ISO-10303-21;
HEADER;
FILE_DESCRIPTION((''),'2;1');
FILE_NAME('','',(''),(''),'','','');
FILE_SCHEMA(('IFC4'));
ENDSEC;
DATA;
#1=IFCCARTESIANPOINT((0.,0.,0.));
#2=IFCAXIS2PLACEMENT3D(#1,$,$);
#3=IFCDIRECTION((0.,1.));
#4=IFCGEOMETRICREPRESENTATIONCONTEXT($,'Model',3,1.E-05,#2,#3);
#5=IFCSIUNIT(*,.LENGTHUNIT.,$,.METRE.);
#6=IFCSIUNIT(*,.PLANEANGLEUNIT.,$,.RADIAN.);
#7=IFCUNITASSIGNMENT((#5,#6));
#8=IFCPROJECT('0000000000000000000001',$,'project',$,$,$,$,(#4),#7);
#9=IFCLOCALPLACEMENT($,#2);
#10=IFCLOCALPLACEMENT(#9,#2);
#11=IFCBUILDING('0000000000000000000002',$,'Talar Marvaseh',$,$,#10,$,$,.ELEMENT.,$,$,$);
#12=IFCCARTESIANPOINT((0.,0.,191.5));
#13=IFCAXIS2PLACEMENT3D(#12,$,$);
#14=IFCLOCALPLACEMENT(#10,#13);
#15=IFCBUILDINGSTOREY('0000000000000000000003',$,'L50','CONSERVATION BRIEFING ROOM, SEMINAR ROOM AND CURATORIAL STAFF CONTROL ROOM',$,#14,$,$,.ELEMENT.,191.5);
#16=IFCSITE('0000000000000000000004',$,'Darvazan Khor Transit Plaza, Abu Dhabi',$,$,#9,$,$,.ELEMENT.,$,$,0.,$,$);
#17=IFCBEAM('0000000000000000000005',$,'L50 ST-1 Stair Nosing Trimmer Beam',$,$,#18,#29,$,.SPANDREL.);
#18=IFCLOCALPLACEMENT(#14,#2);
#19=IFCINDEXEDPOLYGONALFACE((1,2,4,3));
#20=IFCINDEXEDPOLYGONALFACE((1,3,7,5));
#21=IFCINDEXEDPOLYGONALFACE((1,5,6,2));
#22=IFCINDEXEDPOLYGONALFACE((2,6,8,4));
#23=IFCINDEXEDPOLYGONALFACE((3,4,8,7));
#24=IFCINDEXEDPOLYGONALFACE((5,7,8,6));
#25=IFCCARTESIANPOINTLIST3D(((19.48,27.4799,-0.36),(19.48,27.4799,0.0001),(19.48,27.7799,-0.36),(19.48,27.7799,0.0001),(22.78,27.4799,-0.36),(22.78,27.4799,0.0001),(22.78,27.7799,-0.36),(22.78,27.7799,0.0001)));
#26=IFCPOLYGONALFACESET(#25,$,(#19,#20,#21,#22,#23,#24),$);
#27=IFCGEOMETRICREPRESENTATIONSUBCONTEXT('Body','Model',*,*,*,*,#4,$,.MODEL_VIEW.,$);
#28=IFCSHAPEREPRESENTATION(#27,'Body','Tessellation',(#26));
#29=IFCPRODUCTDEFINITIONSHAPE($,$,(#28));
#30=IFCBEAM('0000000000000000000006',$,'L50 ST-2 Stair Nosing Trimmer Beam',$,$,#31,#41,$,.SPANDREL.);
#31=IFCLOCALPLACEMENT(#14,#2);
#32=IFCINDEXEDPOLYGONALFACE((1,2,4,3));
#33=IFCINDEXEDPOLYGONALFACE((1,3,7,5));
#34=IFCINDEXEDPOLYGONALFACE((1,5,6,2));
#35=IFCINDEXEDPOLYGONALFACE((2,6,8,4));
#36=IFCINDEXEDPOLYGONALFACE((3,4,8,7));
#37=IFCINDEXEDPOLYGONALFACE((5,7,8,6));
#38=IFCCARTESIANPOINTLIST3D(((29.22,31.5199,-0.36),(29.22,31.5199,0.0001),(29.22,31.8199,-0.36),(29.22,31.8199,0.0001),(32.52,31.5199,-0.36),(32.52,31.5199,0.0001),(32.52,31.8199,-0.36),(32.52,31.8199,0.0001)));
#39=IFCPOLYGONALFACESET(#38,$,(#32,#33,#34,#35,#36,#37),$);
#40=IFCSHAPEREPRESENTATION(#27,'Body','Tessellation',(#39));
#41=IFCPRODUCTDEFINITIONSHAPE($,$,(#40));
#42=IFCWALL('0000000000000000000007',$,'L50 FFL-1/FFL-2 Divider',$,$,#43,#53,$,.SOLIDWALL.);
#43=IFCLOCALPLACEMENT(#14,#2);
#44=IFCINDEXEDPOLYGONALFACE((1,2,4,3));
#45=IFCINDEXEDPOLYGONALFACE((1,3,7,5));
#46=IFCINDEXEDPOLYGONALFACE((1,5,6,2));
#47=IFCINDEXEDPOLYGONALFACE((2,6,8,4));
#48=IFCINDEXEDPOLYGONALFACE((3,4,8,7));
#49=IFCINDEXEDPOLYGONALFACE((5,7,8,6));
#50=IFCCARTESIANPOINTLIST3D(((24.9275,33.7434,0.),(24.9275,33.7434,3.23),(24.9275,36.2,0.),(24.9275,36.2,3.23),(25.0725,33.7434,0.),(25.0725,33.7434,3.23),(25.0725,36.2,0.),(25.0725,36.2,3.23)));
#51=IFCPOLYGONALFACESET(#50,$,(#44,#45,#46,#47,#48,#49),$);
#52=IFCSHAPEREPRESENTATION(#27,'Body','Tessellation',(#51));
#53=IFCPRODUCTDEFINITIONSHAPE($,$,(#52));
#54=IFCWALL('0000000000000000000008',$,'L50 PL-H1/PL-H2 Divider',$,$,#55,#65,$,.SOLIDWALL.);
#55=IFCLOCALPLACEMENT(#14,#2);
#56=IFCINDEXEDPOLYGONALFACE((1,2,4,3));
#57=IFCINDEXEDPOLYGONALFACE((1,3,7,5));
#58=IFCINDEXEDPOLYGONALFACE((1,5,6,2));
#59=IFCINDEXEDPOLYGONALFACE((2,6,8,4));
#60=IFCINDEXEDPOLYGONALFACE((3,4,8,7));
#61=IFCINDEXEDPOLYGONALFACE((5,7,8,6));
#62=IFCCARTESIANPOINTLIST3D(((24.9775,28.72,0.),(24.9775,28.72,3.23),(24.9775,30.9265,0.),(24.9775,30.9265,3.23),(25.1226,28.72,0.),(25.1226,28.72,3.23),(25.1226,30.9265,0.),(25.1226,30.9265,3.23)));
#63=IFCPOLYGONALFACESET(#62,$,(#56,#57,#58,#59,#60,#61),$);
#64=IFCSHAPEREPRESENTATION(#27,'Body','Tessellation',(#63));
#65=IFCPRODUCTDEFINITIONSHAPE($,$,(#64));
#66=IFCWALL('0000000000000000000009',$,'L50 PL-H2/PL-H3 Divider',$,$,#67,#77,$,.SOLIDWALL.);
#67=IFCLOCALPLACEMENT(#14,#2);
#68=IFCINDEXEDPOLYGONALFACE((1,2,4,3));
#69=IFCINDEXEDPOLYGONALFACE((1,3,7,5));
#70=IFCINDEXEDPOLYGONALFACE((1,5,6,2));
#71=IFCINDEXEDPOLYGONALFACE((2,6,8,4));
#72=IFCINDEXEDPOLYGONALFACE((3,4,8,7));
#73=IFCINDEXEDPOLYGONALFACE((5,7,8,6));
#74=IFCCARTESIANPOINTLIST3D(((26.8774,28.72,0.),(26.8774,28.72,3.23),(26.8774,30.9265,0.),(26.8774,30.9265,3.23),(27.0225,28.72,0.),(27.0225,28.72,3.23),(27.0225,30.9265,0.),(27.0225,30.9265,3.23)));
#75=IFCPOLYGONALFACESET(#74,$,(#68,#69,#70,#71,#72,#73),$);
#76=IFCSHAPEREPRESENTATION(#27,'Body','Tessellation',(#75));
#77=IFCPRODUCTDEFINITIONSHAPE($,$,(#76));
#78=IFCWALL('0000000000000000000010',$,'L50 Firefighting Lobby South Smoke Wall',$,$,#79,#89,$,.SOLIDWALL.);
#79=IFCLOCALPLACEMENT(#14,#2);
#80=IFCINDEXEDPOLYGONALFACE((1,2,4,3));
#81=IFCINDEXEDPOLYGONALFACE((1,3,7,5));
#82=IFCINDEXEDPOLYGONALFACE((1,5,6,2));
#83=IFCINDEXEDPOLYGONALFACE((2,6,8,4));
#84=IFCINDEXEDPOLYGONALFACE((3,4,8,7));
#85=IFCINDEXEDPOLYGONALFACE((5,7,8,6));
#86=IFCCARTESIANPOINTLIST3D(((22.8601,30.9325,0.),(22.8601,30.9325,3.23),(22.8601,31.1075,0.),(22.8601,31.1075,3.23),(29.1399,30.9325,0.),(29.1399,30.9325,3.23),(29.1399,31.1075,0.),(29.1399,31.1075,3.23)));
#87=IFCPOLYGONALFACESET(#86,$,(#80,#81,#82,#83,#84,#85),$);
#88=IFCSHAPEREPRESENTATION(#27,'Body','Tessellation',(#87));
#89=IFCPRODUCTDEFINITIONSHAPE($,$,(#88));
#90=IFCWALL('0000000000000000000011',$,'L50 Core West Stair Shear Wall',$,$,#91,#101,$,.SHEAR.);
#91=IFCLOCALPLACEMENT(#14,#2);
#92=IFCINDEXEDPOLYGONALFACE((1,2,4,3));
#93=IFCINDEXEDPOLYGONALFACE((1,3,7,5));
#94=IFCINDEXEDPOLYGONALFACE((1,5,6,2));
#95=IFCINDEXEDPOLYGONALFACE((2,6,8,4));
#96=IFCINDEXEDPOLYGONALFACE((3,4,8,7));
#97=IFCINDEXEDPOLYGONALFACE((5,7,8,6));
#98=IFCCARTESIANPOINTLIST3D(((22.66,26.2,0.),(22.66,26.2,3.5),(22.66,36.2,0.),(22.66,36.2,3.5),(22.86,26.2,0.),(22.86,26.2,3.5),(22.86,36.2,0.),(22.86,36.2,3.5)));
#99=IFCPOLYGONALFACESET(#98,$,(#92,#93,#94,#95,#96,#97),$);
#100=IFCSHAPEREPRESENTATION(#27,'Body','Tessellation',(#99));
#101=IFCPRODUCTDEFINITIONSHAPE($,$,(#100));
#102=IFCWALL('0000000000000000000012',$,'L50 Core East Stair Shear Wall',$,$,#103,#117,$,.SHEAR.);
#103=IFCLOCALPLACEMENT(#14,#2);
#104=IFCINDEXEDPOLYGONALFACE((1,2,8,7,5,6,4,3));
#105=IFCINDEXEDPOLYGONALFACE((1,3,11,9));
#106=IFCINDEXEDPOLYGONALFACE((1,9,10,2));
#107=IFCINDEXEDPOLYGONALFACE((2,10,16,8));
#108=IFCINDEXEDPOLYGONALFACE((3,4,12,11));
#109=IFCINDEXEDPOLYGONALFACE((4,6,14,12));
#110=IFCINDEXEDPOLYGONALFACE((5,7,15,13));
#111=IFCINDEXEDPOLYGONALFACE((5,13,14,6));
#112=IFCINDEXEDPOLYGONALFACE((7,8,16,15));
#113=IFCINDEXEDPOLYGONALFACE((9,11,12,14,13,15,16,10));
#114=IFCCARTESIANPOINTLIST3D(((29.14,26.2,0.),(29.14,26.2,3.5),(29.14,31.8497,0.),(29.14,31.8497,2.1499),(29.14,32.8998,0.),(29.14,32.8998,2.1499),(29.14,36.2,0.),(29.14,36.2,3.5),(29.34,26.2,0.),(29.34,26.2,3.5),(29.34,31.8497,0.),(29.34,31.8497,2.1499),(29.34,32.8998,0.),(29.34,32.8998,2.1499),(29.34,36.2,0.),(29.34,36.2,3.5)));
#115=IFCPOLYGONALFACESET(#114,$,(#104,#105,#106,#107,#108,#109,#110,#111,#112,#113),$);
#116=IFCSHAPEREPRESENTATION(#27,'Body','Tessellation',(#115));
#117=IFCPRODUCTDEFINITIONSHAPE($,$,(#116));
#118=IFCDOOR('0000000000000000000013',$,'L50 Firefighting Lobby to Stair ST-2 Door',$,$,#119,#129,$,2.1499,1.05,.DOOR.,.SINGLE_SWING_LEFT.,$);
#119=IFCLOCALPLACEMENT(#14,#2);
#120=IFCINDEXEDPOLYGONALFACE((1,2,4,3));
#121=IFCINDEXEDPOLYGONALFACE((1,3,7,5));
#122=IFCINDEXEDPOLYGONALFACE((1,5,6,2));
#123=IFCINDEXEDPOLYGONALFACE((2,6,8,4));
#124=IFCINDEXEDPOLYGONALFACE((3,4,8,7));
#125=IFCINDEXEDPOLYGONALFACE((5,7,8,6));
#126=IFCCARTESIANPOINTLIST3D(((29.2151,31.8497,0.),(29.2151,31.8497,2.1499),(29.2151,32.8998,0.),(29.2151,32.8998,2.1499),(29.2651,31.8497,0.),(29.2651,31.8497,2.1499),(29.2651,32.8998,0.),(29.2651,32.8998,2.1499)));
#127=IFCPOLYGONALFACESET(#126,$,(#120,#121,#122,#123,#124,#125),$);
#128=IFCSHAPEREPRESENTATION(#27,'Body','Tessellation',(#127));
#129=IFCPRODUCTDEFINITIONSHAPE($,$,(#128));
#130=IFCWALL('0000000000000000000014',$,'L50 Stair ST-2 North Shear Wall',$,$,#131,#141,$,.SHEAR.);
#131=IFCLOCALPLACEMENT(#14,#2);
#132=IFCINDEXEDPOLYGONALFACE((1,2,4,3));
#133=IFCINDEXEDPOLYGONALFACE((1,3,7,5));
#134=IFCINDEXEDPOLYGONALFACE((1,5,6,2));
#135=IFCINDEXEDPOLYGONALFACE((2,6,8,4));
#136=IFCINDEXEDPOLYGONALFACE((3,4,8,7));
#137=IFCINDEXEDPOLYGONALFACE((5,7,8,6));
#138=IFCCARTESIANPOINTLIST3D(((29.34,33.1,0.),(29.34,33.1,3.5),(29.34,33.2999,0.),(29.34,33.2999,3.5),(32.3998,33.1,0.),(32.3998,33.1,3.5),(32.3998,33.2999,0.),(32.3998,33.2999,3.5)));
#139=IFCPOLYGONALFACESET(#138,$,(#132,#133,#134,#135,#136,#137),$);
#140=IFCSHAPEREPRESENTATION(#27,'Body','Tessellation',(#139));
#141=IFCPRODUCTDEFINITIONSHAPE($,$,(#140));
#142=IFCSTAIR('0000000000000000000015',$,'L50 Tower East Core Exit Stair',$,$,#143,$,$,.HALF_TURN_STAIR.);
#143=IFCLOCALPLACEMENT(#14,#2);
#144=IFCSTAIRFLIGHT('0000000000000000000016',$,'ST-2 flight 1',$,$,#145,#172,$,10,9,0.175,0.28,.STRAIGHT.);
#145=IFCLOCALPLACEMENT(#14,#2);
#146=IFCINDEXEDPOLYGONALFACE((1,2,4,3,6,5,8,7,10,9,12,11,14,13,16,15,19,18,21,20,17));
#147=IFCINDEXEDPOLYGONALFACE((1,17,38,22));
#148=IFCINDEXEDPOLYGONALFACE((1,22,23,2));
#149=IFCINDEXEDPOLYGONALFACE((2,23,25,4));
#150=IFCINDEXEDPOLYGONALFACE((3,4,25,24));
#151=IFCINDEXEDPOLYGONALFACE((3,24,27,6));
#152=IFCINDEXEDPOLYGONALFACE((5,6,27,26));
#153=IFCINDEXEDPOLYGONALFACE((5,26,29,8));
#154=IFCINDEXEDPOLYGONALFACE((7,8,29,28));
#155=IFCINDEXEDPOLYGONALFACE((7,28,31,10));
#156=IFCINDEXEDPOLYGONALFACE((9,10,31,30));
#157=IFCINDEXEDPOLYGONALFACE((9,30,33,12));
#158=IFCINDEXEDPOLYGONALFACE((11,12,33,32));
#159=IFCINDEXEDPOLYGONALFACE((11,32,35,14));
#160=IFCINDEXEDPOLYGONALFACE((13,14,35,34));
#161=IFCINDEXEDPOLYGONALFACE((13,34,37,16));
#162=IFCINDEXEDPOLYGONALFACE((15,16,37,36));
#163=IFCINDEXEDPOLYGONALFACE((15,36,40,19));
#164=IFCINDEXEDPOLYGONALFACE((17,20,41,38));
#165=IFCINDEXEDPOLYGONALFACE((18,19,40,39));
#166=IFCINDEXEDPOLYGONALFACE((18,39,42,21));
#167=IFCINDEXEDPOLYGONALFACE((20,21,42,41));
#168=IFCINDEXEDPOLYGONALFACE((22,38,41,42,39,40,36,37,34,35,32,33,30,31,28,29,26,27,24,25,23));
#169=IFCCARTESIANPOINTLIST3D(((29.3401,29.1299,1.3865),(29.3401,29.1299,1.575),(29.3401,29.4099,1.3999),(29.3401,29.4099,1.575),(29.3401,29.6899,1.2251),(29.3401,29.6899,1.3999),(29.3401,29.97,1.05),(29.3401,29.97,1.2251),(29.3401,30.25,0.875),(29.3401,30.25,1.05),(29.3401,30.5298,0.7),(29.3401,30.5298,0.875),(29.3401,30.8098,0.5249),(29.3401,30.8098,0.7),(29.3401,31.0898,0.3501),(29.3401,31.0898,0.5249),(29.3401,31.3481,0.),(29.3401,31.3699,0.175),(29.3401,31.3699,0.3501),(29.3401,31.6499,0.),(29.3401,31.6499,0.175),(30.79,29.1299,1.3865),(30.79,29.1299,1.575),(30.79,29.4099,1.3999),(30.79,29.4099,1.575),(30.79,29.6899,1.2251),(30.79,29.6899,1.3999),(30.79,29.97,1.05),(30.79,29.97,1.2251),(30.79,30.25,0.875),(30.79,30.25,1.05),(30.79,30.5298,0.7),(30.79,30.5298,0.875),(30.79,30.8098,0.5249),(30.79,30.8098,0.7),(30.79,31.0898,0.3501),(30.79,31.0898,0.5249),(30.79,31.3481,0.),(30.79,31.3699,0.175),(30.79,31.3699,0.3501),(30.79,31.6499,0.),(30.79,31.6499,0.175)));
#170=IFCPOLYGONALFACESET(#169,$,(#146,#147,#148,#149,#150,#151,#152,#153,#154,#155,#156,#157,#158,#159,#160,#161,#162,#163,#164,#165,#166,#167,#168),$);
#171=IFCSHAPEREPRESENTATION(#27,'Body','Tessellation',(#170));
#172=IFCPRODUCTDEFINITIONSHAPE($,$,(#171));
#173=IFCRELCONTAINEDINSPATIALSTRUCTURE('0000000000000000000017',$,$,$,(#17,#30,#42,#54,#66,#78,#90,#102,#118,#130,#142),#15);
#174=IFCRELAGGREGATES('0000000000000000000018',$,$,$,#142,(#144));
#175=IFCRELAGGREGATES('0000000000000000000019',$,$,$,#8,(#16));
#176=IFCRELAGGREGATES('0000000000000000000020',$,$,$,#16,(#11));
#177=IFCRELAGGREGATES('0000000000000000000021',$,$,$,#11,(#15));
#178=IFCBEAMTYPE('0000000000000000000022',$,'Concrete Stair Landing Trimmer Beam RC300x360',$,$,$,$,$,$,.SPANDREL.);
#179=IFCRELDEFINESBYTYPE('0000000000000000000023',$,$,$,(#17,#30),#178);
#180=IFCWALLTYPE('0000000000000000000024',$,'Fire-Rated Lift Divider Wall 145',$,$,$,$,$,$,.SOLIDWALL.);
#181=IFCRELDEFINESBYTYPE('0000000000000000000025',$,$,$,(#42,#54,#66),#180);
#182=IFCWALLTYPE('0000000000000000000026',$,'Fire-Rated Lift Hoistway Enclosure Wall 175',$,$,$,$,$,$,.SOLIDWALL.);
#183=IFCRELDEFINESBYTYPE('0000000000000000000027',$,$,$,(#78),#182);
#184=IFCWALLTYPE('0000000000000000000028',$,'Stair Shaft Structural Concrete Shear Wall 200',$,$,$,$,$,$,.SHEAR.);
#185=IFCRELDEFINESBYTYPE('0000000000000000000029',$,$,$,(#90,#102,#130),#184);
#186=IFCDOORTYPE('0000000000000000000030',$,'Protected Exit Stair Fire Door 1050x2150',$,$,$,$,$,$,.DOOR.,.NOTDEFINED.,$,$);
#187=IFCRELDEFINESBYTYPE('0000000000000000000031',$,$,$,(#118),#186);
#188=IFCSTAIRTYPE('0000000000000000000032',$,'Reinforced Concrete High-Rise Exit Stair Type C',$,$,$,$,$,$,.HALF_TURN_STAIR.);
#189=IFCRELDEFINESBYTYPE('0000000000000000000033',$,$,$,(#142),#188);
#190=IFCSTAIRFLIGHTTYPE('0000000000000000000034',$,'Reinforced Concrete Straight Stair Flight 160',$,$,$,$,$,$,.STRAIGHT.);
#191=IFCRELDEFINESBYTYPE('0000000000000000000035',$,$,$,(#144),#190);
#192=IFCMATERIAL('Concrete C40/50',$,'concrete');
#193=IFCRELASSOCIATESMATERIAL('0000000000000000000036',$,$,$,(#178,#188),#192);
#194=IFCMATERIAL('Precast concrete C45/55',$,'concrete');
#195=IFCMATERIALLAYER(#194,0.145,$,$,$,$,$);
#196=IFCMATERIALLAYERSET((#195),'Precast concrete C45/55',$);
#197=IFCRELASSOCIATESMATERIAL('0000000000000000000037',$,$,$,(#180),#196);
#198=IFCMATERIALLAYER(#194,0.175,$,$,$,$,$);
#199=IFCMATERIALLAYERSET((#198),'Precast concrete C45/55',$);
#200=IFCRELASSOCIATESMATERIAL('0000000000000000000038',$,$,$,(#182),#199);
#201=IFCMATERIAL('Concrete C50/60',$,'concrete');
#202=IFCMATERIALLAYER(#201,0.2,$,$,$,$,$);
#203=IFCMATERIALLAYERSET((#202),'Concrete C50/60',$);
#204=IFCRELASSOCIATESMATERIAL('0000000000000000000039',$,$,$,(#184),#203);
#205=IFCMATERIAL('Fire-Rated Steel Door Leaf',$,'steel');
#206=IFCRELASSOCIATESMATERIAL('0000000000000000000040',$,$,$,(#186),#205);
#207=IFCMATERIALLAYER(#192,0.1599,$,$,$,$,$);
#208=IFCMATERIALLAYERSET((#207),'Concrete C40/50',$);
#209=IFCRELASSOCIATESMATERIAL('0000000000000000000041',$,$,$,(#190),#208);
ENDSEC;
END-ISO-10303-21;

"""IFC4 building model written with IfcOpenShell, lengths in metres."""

from ifc_helpers import new_model, si_unit, direction, frame, frame_2d, origin, origin_2d, place, context, subcontext, project, spatial, polyline, rectangle, outline, extrude, source, transform, mapped, material, layer, layer_set, material_profile, profile_set, type_object, type_shapes, element, fill, aggregate, save


model = new_model("IFC4")

# Units and contexts
model_context = context("Model", 3, precision=1e-05, world=origin(), true_north=direction((0.0, 1.0)))
body_context = subcontext(model_context, "Body", "Model", "MODEL_VIEW")
ifc_project = project(units=[si_unit("LENGTHUNIT", "METRE"), si_unit("PLANEANGLEUNIT", "RADIAN")], contexts=[model_context])

# Site, building, storey
site_placement = place(None, origin())
site = spatial("IfcSite", under=ifc_project, at=site_placement, Name="Darvazan Khor Transit Plaza, Abu Dhabi", CompositionType="ELEMENT", RefElevation=0.0)
building_placement = place(site_placement, origin())
building = spatial("IfcBuilding", under=site, at=building_placement, Name="Talar Marvaseh", CompositionType="ELEMENT")
storey_placement = place(building_placement, frame((0.0, 0.0, 191.5)))
storey = spatial("IfcBuildingStorey", under=building, at=storey_placement, Name="L50", Description="CONSERVATION BRIEFING ROOM, SEMINAR ROOM AND CURATORIAL STAFF CONTROL ROOM", CompositionType="ELEMENT", Elevation=191.5)

# Beams
ifc_material_1 = material(Name="Concrete C40/50", Category="concrete")
ifc_material_profile = material_profile(ifc_material_1, rectangle(XDim=0.3, YDim=0.3601, at=origin_2d()), Name="RC300x360")
ifc_profile_set = profile_set([ifc_material_profile], Name="Concrete C40/50")
beam_type = type_object("IfcBeamType", Name="Concrete Stair Landing Trimmer Beam RC300x360", PredefinedType="SPANDREL", material=ifc_profile_set)
for number, where, z_axis, x_axis, name in (
    (1, (22.78, 27.6299, -0.1799), (-1.0, 0.0, 0.0), (0.0, -1.0, 0.0), "L50 ST-1 Stair Nosing Trimmer Beam"),
    (2, (29.22, 31.6699, -0.1799), (1.0, 0.0, 0.0), (0.0, 1.0, 0.0), "L50 ST-2 Stair Nosing Trimmer Beam"),
):
    element("IfcBeam", number, at=place(storey_placement, frame(where, z_axis=z_axis, x_axis=x_axis)), inside=storey, type_object=beam_type, Name=name, PredefinedType="SPANDREL", context=body_context, shape_type="SweptSolid", body=[
        extrude(rectangle(XDim=0.3, YDim=0.3601, at=origin_2d()), origin(), (0.0, 0.0, 1.0), 3.3),
    ])

# Walls
ifc_material_2 = material(Name="Precast concrete C45/55", Category="concrete")
ifc_layer_1 = layer(ifc_material_2, 0.145)
ifc_layer_set_1 = layer_set([ifc_layer_1], Name="Precast concrete C45/55")
wall_type_1 = type_object("IfcWallType", Name="Fire-Rated Lift Divider Wall 145", PredefinedType="SOLIDWALL", material=ifc_layer_set_1)
wall_1_placement = place(storey_placement, frame((25.0, 33.7434, 0.0), z_axis=(0.0, 0.0, 1.0), x_axis=(0.0, 1.0, 0.0)))
element("IfcWall", 3, at=wall_1_placement, inside=storey, type_object=wall_type_1, Name="L50 FFL-1/FFL-2 Divider", PredefinedType="SOLIDWALL", context=body_context, shape_type="SweptSolid", body=[
    extrude(rectangle(XDim=2.4565, YDim=0.145, at=frame_2d((1.2283, 0.0))), origin(), (0.0, 0.0, 1.0), 3.23),
])
for number, where, z_axis, x_axis, name in (
    (4, (25.05, 28.72, 0.0), (0.0, 0.0, 1.0), (0.0, 1.0, 0.0), "L50 PL-H1/PL-H2 Divider"),
    (5, (26.95, 28.72, 0.0), (0.0, 0.0, 1.0), (0.0, 1.0, 0.0), "L50 PL-H2/PL-H3 Divider"),
):
    element("IfcWall", number, at=place(storey_placement, frame(where, z_axis=z_axis, x_axis=x_axis)), inside=storey, type_object=wall_type_1, Name=name, PredefinedType="SOLIDWALL", context=body_context, shape_type="SweptSolid", body=[
        extrude(rectangle(XDim=2.2065, YDim=0.145, at=frame_2d((1.1033, 0.0))), origin(), (0.0, 0.0, 1.0), 3.23),
    ])

# Shared definitions
ifc_layer_2 = layer(ifc_material_2, 0.175)
ifc_layer_set_2 = layer_set([ifc_layer_2], Name="Precast concrete C45/55")
wall_type_2 = type_object("IfcWallType", Name="Fire-Rated Lift Hoistway Enclosure Wall 175", PredefinedType="SOLIDWALL", material=ifc_layer_set_2)

# Wall
wall_2_placement = place(storey_placement, frame((22.8601, 31.02, 0.0), z_axis=(0.0, 0.0, 1.0), x_axis=(1.0, 0.0, 0.0)))
element("IfcWall", 6, at=wall_2_placement, inside=storey, type_object=wall_type_2, Name="L50 Firefighting Lobby South Smoke Wall", PredefinedType="SOLIDWALL", context=body_context, shape_type="SweptSolid", body=[
    extrude(rectangle(XDim=6.2798, YDim=0.175, at=frame_2d((3.1399, 0.0))), origin(), (0.0, 0.0, 1.0), 3.23),
])

# Wall
ifc_material_3 = material(Name="Concrete C50/60", Category="concrete")
ifc_layer_3 = layer(ifc_material_3, 0.2)
ifc_layer_set_3 = layer_set([ifc_layer_3], Name="Concrete C50/60")
wall_type_3 = type_object("IfcWallType", Name="Stair Shaft Structural Concrete Shear Wall 200", PredefinedType="SHEAR", material=ifc_layer_set_3)
wall_3_placement = place(storey_placement, frame((22.76, 26.2, 0.0), z_axis=(0.0, 0.0, 1.0), x_axis=(0.0, 1.0, 0.0)))
element("IfcWall", 7, at=wall_3_placement, inside=storey, type_object=wall_type_3, Name="L50 Core West Stair Shear Wall", PredefinedType="SHEAR", context=body_context, shape_type="SweptSolid", body=[
    extrude(rectangle(XDim=10.0, YDim=0.2, at=frame_2d((5.0, 0.0))), origin(), (0.0, 0.0, 1.0), 3.5),
])

# Wall, opening, door
wall_4_placement = place(storey_placement, frame((29.24, 26.2, 0.0), z_axis=(0.0, 0.0, 1.0), x_axis=(0.0, 1.0, 0.0)))
wall_4 = element("IfcWall", 8, at=wall_4_placement, inside=storey, type_object=wall_type_3, Name="L50 Core East Stair Shear Wall", PredefinedType="SHEAR", context=body_context, shape_type="SweptSolid", body=[
    extrude(rectangle(XDim=10.0, YDim=0.2, at=frame_2d((5.0, 0.0))), origin(), (0.0, 0.0, 1.0), 3.5),
])
opening_1_placement = place(wall_4_placement, frame((5.6499, 0.0, 0.0)))
opening_1 = element("IfcOpeningElement", 9, at=opening_1_placement, cuts=wall_4, PredefinedType="OPENING", context=body_context, shape_type="SweptSolid", body=[
    extrude(rectangle(XDim=1.05, YDim=2.1499, at=frame_2d((0.5249, 1.075))), frame((0.0, 0.1099, 0.0), z_axis=(0.0, -1.0, 0.0), x_axis=(1.0, 0.0, 0.0)), (0.0, 0.0, 1.0), 0.22),
])
ifc_material_4 = material(Name="Fire-Rated Steel Door Leaf", Category="steel")
door_type_1 = type_object("IfcDoorType", Name="Protected Exit Stair Fire Door 1050x2150", OperationType="NOTDEFINED", PredefinedType="DOOR", material=ifc_material_4)
shared_shape_1 = source(origin(), body_context, "Body", "SweptSolid", [
    extrude(rectangle(XDim=1.05, YDim=2.1499, at=frame_2d((0.5249, 1.075))), frame((0.0, 0.0249, 0.0), z_axis=(0.0, -1.0, 0.0), x_axis=(1.0, 0.0, 0.0)), (0.0, 0.0, 1.0), 0.05),
])
type_shapes(door_type_1, [shared_shape_1])
door_1_placement = place(opening_1_placement, origin())
door_1 = element("IfcDoor", 10, at=door_1_placement, inside=storey, type_object=door_type_1, Name="L50 Firefighting Lobby to Stair ST-2 Door", OperationType="SINGLE_SWING_LEFT", OverallHeight=2.1499, OverallWidth=1.05, PredefinedType="DOOR", context=body_context, shape_type="MappedRepresentation", body=[
    mapped(shared_shape_1, transform((0.0, 0.0, 0.0), x_axis=(1.0, 0.0, 0.0), y_axis=(0.0, 1.0, 0.0), z_axis=(0.0, 0.0, 1.0), scale=1.0)),
])
fill(opening_1, door_1)

# Wall
wall_5_placement = place(storey_placement, frame((29.3401, 33.2, 0.0), z_axis=(0.0, 0.0, 1.0), x_axis=(1.0, 0.0, 0.0)))
element("IfcWall", 11, at=wall_5_placement, inside=storey, type_object=wall_type_3, Name="L50 Stair ST-2 North Shear Wall", PredefinedType="SHEAR", context=body_context, shape_type="SweptSolid", body=[
    extrude(rectangle(XDim=3.0598, YDim=0.2, at=frame_2d((1.5298, 0.0))), origin(), (0.0, 0.0, 1.0), 3.5),
])

# Stair, stair flight
stair_type = type_object("IfcStairType", Name="Reinforced Concrete High-Rise Exit Stair Type C", PredefinedType="HALF_TURN_STAIR", material=ifc_material_1)
stair_placement = place(storey_placement, origin())
stair = element("IfcStair", 12, at=stair_placement, inside=storey, type_object=stair_type, Name="L50 Tower East Core Exit Stair", PredefinedType="HALF_TURN_STAIR")
ifc_layer_4 = layer(ifc_material_1, 0.1599)
ifc_layer_set_4 = layer_set([ifc_layer_4], Name="Concrete C40/50")
stair_flight_type = type_object("IfcStairFlightType", Name="Reinforced Concrete Straight Stair Flight 160", PredefinedType="STRAIGHT", material=ifc_layer_set_4)
stair_flight_1_placement = place(storey_placement, frame((30.0649, 31.6499, 0.0), z_axis=(0.0, 0.0, 1.0), x_axis=(0.0, -1.0, 0.0)))
stair_flight_1 = element("IfcStairFlight", 13, at=stair_flight_1_placement, type_object=stair_flight_type, Name="ST-2 flight 1", NumberOfRisers=10, NumberOfTreads=9, PredefinedType="STRAIGHT", RiserHeight=0.175, TreadLength=0.28, context=body_context, shape_type="SweptSolid", body=[
    extrude(outline(polyline([(0.0, 0.0), (0.0, 0.175), (0.28, 0.175), (0.28, 0.3501), (0.5601, 0.3501), (0.5601, 0.5249), (0.8401, 0.5249), (0.8401, 0.7), (1.1201, 0.7), (1.1201, 0.875), (1.3999, 0.875), (1.3999, 1.05), (1.6799, 1.05), (1.6799, 1.2251), (1.96, 1.2251), (1.96, 1.3999), (2.24, 1.3999), (2.24, 1.575), (2.52, 1.575), (2.52, 1.75), (2.52, 1.3865), (0.3018, 0.0), (0.0, 0.0)])), frame((0.0, 0.7251, 0.0), z_axis=(0.0, -1.0, 0.0), x_axis=(1.0, 0.0, 0.0)), (0.0, 0.0, 1.0), 1.45),
])
aggregate(stair, [stair_flight_1])

save(model, "model.ifc")
